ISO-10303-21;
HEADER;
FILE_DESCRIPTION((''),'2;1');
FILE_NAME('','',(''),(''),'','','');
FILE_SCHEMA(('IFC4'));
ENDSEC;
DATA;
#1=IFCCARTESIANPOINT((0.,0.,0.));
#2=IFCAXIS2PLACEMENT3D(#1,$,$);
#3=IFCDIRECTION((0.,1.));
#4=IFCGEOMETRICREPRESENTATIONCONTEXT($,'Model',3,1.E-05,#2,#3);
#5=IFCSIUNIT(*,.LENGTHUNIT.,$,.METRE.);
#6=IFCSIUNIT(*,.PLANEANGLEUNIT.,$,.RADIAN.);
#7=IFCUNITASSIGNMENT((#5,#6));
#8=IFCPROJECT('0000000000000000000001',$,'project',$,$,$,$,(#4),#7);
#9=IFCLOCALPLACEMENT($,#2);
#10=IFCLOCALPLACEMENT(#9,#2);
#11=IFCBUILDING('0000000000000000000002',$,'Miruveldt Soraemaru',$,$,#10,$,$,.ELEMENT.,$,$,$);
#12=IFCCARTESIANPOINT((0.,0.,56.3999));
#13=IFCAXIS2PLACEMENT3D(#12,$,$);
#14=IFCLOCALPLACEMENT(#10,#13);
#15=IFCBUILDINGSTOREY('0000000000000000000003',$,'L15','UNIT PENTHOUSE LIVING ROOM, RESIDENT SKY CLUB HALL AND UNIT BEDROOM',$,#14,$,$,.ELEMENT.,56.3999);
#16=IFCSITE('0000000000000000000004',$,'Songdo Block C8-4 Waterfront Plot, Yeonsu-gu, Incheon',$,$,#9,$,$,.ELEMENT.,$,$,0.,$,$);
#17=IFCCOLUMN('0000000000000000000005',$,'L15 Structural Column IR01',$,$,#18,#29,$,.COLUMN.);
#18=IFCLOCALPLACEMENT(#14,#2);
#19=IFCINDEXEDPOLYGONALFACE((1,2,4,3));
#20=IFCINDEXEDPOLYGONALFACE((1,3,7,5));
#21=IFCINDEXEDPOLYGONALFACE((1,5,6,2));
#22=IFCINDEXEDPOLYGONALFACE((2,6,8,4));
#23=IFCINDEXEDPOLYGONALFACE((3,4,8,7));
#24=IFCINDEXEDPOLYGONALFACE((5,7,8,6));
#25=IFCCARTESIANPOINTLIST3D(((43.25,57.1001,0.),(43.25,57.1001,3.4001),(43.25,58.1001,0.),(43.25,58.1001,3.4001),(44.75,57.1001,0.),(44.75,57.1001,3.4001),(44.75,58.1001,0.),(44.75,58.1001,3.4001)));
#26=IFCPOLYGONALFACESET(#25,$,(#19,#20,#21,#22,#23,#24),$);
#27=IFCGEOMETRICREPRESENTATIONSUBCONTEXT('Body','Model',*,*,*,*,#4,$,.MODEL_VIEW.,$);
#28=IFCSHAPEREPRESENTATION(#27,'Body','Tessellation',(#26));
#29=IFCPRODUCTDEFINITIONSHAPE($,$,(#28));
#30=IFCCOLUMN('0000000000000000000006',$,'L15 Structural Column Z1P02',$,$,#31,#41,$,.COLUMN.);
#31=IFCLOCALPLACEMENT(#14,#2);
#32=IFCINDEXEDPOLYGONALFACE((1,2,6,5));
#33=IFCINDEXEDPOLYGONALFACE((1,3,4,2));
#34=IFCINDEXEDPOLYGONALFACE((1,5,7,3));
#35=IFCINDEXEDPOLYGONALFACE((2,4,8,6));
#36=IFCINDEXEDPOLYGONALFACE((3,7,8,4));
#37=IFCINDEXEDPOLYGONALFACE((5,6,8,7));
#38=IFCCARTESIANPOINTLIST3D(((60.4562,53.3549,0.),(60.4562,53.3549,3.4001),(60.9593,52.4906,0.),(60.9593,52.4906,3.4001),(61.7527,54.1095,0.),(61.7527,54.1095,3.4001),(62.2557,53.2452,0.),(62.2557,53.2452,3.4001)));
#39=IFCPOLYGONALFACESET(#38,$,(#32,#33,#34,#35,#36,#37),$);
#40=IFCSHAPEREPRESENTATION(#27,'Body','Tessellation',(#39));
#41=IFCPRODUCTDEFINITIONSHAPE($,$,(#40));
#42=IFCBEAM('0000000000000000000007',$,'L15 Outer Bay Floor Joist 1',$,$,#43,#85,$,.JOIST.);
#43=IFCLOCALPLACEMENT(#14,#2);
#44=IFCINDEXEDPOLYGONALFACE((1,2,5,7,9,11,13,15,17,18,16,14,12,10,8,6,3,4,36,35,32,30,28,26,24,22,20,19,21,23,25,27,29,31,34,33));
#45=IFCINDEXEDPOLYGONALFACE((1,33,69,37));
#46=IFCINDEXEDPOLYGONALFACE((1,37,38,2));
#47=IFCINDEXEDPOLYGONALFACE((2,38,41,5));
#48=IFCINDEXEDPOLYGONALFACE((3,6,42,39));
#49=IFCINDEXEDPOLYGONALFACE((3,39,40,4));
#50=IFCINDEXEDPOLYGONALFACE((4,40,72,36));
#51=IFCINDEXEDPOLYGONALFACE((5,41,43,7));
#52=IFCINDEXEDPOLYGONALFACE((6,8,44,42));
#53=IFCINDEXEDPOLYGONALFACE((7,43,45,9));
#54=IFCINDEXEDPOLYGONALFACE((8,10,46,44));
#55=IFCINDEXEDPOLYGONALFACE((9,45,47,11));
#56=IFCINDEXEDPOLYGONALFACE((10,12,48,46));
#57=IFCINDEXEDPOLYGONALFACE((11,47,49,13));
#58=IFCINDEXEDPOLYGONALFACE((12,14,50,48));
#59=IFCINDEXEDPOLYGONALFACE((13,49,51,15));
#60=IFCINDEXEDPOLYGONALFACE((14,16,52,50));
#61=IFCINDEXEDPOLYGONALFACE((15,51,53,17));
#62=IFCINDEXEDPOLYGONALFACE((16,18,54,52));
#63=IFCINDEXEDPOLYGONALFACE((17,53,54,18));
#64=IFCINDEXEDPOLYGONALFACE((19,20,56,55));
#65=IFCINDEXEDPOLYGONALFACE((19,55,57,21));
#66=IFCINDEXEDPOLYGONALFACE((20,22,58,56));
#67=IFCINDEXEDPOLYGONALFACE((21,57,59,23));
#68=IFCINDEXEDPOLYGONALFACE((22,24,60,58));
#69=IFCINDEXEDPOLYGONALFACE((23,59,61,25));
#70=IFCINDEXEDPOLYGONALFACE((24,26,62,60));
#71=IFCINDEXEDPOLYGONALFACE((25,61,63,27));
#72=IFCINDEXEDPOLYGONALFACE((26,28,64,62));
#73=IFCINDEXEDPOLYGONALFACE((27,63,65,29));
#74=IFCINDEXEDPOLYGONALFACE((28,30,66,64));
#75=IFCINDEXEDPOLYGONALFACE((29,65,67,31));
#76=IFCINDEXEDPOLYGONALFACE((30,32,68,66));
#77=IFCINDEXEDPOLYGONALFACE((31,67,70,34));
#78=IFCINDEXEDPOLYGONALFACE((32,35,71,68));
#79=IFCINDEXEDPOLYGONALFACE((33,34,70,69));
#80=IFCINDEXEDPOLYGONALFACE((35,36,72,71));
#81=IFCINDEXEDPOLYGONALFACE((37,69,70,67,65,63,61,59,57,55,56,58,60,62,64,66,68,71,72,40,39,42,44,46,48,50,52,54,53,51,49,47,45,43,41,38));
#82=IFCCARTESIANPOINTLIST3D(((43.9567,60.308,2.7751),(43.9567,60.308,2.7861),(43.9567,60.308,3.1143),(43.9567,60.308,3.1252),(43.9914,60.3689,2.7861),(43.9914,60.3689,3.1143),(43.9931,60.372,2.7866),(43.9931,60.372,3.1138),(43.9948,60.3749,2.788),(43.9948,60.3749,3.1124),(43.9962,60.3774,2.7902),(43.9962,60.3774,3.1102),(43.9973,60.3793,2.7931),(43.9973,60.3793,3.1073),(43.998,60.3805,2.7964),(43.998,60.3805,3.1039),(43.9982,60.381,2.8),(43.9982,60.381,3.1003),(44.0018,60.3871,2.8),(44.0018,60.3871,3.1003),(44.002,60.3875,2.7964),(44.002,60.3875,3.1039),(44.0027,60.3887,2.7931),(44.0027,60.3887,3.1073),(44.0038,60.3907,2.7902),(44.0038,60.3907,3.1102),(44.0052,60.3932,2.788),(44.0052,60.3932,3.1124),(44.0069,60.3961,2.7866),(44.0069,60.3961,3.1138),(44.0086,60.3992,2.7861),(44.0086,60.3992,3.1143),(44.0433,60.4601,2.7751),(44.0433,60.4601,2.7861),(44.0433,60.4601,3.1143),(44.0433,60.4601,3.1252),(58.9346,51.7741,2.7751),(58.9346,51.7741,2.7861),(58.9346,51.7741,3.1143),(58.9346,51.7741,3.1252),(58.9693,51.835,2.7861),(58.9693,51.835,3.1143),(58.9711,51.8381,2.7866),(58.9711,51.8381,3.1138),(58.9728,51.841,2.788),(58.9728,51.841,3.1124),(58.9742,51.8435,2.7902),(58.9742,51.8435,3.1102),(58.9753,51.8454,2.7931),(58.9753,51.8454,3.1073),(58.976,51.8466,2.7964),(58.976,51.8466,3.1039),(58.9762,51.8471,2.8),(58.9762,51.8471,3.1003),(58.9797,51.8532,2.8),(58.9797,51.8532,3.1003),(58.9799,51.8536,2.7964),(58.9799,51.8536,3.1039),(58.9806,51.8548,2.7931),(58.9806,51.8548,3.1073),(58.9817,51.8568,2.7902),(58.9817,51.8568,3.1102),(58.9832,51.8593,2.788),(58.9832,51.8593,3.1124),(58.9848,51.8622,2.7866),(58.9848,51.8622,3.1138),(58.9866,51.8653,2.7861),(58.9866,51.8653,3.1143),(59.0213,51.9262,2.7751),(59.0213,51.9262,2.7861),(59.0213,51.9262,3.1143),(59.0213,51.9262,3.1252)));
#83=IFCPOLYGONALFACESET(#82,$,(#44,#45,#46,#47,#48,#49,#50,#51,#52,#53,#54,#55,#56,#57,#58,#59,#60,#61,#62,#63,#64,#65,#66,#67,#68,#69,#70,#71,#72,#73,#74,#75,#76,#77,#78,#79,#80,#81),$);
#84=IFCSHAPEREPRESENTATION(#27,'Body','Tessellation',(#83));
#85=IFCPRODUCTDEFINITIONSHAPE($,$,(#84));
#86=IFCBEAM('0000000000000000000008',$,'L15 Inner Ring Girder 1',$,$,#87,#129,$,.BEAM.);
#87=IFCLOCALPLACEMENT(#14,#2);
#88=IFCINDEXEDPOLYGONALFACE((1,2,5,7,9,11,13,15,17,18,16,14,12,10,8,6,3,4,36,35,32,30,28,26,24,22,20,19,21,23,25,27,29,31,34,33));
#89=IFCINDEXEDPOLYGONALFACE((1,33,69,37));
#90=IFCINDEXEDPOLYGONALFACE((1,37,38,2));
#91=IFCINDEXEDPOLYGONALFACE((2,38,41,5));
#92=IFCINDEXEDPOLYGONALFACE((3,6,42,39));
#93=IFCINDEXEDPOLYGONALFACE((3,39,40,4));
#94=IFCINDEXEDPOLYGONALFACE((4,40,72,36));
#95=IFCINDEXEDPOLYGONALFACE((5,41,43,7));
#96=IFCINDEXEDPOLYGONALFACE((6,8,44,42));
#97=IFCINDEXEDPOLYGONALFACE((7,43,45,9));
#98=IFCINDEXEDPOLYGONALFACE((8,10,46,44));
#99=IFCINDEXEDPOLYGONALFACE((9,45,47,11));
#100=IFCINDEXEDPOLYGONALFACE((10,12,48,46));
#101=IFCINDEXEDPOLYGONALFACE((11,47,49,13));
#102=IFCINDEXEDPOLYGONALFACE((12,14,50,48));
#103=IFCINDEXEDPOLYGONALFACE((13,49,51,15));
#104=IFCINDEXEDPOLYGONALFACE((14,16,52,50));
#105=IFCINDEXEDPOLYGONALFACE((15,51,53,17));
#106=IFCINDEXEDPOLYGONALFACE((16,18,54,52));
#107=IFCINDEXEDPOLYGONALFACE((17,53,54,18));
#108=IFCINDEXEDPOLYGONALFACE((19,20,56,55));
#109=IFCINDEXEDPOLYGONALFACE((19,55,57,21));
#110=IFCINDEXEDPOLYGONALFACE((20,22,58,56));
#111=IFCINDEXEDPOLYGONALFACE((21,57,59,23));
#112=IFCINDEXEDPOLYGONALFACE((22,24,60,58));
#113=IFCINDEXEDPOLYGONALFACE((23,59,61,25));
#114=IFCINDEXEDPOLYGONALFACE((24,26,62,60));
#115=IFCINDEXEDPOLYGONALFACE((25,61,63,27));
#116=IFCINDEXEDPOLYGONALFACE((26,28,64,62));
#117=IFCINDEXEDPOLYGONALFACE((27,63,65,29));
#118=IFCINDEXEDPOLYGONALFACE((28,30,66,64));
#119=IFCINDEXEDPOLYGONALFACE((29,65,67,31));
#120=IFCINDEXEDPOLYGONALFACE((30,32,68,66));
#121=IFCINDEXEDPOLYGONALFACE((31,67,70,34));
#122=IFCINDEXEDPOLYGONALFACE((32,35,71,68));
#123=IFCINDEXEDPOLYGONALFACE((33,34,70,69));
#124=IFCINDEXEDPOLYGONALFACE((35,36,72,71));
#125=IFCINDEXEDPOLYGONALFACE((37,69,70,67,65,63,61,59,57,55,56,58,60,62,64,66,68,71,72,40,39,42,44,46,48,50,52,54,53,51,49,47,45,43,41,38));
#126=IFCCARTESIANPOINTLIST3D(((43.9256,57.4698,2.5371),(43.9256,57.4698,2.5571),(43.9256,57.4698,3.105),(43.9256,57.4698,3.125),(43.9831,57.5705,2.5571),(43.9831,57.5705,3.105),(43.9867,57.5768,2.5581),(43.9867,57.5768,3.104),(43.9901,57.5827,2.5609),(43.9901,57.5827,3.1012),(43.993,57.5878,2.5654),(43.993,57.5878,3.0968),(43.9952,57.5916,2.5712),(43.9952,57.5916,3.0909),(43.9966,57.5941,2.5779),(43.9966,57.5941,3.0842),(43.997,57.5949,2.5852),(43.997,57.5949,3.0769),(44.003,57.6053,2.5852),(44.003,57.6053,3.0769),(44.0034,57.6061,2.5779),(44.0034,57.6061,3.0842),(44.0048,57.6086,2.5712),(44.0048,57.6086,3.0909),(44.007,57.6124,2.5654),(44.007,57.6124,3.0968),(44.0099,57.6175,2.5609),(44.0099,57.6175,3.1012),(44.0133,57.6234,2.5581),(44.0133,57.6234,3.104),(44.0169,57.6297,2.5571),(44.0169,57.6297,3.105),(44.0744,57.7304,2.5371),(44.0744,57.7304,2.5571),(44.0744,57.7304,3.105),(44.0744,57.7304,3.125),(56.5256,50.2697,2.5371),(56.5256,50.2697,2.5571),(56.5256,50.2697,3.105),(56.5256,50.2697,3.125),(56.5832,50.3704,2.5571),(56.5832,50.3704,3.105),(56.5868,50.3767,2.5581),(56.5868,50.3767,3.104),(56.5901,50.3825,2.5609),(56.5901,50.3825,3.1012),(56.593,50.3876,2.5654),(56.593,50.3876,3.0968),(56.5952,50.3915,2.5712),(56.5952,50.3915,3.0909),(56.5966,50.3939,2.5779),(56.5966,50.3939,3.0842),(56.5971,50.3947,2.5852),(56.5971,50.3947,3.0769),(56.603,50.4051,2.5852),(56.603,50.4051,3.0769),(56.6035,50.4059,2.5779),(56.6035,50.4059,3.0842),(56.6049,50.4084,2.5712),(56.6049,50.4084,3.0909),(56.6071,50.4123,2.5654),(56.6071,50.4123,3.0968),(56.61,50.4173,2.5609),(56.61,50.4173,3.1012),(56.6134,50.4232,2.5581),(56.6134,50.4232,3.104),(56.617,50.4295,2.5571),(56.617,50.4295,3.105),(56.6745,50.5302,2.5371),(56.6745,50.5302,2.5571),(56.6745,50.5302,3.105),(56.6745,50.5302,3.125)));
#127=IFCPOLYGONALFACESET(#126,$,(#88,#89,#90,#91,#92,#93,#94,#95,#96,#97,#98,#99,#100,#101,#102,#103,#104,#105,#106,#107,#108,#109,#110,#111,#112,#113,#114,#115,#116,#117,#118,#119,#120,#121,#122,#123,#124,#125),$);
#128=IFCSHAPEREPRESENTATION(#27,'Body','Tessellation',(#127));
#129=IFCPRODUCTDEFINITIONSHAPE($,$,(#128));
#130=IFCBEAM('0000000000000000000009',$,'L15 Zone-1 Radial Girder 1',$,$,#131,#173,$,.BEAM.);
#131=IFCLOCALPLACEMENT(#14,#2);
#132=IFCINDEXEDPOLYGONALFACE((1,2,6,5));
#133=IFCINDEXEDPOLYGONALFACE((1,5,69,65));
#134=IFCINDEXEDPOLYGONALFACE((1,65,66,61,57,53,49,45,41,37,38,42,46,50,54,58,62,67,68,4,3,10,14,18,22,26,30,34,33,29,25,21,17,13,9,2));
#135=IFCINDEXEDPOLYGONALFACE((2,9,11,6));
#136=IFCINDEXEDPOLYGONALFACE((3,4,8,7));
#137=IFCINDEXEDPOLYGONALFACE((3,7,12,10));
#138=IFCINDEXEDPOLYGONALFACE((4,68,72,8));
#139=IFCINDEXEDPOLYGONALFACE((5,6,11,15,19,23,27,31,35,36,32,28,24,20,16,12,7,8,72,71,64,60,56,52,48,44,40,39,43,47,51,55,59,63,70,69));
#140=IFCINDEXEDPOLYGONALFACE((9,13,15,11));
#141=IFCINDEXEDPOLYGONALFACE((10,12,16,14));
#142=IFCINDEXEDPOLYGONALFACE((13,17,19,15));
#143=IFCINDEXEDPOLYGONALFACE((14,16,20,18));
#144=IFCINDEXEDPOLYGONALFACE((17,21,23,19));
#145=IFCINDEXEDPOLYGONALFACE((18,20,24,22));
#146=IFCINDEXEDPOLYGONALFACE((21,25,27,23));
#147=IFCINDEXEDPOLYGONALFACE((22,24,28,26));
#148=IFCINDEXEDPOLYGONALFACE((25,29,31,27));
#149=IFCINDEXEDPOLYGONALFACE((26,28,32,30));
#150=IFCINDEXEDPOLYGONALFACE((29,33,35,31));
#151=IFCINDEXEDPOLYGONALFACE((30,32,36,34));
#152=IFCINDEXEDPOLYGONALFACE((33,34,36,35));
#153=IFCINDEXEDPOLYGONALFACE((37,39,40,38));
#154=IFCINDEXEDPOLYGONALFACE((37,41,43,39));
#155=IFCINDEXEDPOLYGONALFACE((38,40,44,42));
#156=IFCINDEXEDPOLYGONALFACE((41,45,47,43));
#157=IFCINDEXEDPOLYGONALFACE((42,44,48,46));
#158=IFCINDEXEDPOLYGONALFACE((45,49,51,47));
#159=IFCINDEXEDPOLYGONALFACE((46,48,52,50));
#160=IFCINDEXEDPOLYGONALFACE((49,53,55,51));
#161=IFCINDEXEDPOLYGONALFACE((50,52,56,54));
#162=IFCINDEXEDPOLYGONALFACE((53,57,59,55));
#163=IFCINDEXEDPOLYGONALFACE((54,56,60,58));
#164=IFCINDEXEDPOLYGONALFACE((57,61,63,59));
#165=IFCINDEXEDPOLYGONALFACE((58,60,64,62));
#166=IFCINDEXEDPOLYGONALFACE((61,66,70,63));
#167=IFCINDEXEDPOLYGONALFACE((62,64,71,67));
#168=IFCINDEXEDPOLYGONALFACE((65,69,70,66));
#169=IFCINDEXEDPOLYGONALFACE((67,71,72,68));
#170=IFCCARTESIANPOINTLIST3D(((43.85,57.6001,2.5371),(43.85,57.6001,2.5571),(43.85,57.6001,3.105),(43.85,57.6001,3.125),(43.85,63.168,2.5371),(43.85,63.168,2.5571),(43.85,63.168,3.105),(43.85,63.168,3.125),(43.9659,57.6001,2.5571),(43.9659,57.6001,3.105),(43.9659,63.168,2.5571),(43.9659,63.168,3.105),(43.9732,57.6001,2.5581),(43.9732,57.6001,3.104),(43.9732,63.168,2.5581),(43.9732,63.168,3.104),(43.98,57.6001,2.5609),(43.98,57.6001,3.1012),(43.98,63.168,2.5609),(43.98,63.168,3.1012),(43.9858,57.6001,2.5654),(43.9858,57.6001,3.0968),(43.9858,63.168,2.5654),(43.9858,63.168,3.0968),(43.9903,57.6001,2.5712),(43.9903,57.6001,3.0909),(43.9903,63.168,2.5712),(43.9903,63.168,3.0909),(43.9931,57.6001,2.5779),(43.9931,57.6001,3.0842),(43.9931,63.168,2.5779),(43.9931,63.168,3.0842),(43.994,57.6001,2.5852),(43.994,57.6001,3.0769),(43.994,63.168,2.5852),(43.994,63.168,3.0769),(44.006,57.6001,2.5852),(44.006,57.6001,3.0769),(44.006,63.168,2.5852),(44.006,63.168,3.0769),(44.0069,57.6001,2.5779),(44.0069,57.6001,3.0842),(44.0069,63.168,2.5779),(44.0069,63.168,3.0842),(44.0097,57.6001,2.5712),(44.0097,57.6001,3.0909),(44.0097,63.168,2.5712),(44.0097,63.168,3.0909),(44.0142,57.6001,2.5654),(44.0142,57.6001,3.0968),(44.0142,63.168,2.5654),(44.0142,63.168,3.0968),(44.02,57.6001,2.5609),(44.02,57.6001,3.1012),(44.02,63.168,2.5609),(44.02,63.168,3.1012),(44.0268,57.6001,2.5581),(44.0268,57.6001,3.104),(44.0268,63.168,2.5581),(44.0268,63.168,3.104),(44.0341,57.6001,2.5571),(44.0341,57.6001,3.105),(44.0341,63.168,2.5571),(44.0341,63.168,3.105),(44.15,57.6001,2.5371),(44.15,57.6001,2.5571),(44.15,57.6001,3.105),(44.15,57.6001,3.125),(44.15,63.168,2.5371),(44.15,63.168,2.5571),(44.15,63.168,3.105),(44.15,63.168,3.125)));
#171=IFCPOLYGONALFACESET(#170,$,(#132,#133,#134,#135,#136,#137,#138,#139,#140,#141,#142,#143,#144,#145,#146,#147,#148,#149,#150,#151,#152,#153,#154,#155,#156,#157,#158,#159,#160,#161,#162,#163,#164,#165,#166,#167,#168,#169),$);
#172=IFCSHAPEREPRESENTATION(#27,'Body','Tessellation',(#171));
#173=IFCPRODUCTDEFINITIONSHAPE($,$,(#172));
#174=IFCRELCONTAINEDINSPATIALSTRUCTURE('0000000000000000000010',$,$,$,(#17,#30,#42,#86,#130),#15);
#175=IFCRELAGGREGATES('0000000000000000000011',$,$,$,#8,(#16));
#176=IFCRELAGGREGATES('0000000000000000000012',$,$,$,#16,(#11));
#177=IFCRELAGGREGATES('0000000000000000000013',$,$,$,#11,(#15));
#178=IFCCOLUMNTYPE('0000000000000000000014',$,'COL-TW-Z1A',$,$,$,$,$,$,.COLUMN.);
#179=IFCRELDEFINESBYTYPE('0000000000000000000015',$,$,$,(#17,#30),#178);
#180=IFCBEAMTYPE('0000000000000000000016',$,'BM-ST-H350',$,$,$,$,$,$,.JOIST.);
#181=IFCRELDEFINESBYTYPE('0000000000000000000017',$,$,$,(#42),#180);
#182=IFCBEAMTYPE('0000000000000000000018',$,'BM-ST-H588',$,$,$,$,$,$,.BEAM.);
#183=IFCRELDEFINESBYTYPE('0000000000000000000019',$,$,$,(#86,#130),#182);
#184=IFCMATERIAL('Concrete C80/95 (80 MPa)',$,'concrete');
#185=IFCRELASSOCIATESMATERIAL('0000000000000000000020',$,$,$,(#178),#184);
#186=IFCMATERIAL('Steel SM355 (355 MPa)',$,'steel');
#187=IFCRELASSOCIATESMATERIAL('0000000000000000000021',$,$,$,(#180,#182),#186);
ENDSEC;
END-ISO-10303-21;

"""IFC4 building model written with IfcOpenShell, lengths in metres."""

from ifc_helpers import new_model, si_unit, direction, frame, origin, origin_2d, place, context, subcontext, project, spatial, rectangle, i_section, extrude, material, material_profile, profile_set, type_object, element, save


model = new_model("IFC4")

# Units and contexts
model_context = context("Model", 3, precision=1e-05, world=origin(), true_north=direction((0.0, 1.0)))
body_context = subcontext(model_context, "Body", "Model", "MODEL_VIEW")
ifc_project = project(units=[si_unit("LENGTHUNIT", "METRE"), si_unit("PLANEANGLEUNIT", "RADIAN")], contexts=[model_context])

# Site, building, storey
site_placement = place(None, origin())
site = spatial("IfcSite", under=ifc_project, at=site_placement, Name="Songdo Block C8-4 Waterfront Plot, Yeonsu-gu, Incheon", CompositionType="ELEMENT", RefElevation=0.0)
building_placement = place(site_placement, origin())
building = spatial("IfcBuilding", under=site, at=building_placement, Name="Miruveldt Soraemaru", CompositionType="ELEMENT")
storey_placement = place(building_placement, frame((0.0, 0.0, 56.3999)))
storey = spatial("IfcBuildingStorey", under=building, at=storey_placement, Name="L15", Description="UNIT PENTHOUSE LIVING ROOM, RESIDENT SKY CLUB HALL AND UNIT BEDROOM", CompositionType="ELEMENT", Elevation=56.3999)

# Columns
ifc_material_1 = material(Name="Concrete C80/95 (80 MPa)", Category="concrete")
ifc_material_profile_1 = material_profile(ifc_material_1, rectangle(XDim=1.5, YDim=1.0, at=origin_2d()), Name="Concrete C80/95 (80 MPa)", Category="concrete")
ifc_profile_set_1 = profile_set([ifc_material_profile_1], Name="Concrete C80/95 (80 MPa)")
column_type = type_object("IfcColumnType", Name="COL-TW-Z1A", PredefinedType="COLUMN", material=ifc_profile_set_1)
for number, where, z_axis, x_axis, name in (
    (1, (44.0, 57.6001, 0.0), (0.0, 0.0, 1.0), (1.0, 0.0, 0.0), "L15 Structural Column IR01"),
    (2, (61.356, 53.3, 0.0), (0.0, 0.0, 1.0), (0.864275, 0.50302, 0.0), "L15 Structural Column Z1P02"),
):
    element("IfcColumn", number, at=place(storey_placement, frame(where, z_axis=z_axis, x_axis=x_axis)), inside=storey, type_object=column_type, Name=name, PredefinedType="COLUMN", context=body_context, shape_type="SweptSolid", body=[
        extrude(rectangle(XDim=1.5, YDim=1.0, at=origin_2d()), origin(), (0.0, 0.0, 1.0), 3.4001),
    ])

# Beams
ifc_material_2 = material(Name="Steel SM355 (355 MPa)", Category="steel")
ifc_material_profile_2 = material_profile(ifc_material_2, i_section(OverallWidth=0.175, OverallDepth=0.3501, WebThickness=0.0071, FlangeThickness=0.011, FilletRadius=0.0139, at=origin_2d()), Name="Steel SM355 (355 MPa)", Category="steel")
ifc_profile_set_2 = profile_set([ifc_material_profile_2], Name="Steel SM355 (355 MPa)")
beam_type_1 = type_object("IfcBeamType", Name="BM-ST-H350", PredefinedType="JOIST", material=ifc_profile_set_2)
beam_1_placement = place(storey_placement, frame((44.0, 60.384, 2.9502), z_axis=(0.868866, -0.495048, 0.0), x_axis=(0.495048, 0.868866, 0.0)))
element("IfcBeam", 3, at=beam_1_placement, inside=storey, type_object=beam_type_1, Name="L15 Outer Bay Floor Joist 1", PredefinedType="JOIST", context=body_context, shape_type="SweptSolid", body=[
    extrude(i_section(OverallWidth=0.175, OverallDepth=0.3501, WebThickness=0.0071, FlangeThickness=0.011, FilletRadius=0.0139, at=origin_2d()), origin(), (0.0, 0.0, 1.0), 17.2385),
])
ifc_material_profile_3 = material_profile(ifc_material_2, i_section(OverallWidth=0.3, OverallDepth=0.5879, WebThickness=0.012, FlangeThickness=0.02, FilletRadius=0.0281, at=origin_2d()), Name="Steel SM355 (355 MPa)", Category="steel")
ifc_profile_set_3 = profile_set([ifc_material_profile_3], Name="Steel SM355 (355 MPa)")
beam_type_2 = type_object("IfcBeamType", Name="BM-ST-H588", PredefinedType="BEAM", material=ifc_profile_set_3)
beam_2_placement = place(storey_placement, frame((44.0, 57.6001, 2.8311), z_axis=(0.868239, -0.496146, 0.0), x_axis=(0.496146, 0.868239, 0.0)))
element("IfcBeam", 4, at=beam_2_placement, inside=storey, type_object=beam_type_2, Name="L15 Inner Ring Girder 1", PredefinedType="BEAM", context=body_context, shape_type="SweptSolid", body=[
    extrude(i_section(OverallWidth=0.3, OverallDepth=0.5879, WebThickness=0.012, FlangeThickness=0.02, FilletRadius=0.0281, at=origin_2d()), origin(), (0.0, 0.0, 1.0), 14.5122),
])
beam_3_placement = place(storey_placement, frame((44.0, 57.6001, 2.8311), z_axis=(0.0, 1.0, 0.0), x_axis=(-1.0, 0.0, 0.0)))
element("IfcBeam", 5, at=beam_3_placement, inside=storey, type_object=beam_type_2, Name="L15 Zone-1 Radial Girder 1", PredefinedType="BEAM", context=body_context, shape_type="SweptSolid", body=[
    extrude(i_section(OverallWidth=0.3, OverallDepth=0.5879, WebThickness=0.012, FlangeThickness=0.02, FilletRadius=0.0281, at=origin_2d()), origin(), (0.0, 0.0, 1.0), 5.5679),
])

save(model, "model.ifc")
